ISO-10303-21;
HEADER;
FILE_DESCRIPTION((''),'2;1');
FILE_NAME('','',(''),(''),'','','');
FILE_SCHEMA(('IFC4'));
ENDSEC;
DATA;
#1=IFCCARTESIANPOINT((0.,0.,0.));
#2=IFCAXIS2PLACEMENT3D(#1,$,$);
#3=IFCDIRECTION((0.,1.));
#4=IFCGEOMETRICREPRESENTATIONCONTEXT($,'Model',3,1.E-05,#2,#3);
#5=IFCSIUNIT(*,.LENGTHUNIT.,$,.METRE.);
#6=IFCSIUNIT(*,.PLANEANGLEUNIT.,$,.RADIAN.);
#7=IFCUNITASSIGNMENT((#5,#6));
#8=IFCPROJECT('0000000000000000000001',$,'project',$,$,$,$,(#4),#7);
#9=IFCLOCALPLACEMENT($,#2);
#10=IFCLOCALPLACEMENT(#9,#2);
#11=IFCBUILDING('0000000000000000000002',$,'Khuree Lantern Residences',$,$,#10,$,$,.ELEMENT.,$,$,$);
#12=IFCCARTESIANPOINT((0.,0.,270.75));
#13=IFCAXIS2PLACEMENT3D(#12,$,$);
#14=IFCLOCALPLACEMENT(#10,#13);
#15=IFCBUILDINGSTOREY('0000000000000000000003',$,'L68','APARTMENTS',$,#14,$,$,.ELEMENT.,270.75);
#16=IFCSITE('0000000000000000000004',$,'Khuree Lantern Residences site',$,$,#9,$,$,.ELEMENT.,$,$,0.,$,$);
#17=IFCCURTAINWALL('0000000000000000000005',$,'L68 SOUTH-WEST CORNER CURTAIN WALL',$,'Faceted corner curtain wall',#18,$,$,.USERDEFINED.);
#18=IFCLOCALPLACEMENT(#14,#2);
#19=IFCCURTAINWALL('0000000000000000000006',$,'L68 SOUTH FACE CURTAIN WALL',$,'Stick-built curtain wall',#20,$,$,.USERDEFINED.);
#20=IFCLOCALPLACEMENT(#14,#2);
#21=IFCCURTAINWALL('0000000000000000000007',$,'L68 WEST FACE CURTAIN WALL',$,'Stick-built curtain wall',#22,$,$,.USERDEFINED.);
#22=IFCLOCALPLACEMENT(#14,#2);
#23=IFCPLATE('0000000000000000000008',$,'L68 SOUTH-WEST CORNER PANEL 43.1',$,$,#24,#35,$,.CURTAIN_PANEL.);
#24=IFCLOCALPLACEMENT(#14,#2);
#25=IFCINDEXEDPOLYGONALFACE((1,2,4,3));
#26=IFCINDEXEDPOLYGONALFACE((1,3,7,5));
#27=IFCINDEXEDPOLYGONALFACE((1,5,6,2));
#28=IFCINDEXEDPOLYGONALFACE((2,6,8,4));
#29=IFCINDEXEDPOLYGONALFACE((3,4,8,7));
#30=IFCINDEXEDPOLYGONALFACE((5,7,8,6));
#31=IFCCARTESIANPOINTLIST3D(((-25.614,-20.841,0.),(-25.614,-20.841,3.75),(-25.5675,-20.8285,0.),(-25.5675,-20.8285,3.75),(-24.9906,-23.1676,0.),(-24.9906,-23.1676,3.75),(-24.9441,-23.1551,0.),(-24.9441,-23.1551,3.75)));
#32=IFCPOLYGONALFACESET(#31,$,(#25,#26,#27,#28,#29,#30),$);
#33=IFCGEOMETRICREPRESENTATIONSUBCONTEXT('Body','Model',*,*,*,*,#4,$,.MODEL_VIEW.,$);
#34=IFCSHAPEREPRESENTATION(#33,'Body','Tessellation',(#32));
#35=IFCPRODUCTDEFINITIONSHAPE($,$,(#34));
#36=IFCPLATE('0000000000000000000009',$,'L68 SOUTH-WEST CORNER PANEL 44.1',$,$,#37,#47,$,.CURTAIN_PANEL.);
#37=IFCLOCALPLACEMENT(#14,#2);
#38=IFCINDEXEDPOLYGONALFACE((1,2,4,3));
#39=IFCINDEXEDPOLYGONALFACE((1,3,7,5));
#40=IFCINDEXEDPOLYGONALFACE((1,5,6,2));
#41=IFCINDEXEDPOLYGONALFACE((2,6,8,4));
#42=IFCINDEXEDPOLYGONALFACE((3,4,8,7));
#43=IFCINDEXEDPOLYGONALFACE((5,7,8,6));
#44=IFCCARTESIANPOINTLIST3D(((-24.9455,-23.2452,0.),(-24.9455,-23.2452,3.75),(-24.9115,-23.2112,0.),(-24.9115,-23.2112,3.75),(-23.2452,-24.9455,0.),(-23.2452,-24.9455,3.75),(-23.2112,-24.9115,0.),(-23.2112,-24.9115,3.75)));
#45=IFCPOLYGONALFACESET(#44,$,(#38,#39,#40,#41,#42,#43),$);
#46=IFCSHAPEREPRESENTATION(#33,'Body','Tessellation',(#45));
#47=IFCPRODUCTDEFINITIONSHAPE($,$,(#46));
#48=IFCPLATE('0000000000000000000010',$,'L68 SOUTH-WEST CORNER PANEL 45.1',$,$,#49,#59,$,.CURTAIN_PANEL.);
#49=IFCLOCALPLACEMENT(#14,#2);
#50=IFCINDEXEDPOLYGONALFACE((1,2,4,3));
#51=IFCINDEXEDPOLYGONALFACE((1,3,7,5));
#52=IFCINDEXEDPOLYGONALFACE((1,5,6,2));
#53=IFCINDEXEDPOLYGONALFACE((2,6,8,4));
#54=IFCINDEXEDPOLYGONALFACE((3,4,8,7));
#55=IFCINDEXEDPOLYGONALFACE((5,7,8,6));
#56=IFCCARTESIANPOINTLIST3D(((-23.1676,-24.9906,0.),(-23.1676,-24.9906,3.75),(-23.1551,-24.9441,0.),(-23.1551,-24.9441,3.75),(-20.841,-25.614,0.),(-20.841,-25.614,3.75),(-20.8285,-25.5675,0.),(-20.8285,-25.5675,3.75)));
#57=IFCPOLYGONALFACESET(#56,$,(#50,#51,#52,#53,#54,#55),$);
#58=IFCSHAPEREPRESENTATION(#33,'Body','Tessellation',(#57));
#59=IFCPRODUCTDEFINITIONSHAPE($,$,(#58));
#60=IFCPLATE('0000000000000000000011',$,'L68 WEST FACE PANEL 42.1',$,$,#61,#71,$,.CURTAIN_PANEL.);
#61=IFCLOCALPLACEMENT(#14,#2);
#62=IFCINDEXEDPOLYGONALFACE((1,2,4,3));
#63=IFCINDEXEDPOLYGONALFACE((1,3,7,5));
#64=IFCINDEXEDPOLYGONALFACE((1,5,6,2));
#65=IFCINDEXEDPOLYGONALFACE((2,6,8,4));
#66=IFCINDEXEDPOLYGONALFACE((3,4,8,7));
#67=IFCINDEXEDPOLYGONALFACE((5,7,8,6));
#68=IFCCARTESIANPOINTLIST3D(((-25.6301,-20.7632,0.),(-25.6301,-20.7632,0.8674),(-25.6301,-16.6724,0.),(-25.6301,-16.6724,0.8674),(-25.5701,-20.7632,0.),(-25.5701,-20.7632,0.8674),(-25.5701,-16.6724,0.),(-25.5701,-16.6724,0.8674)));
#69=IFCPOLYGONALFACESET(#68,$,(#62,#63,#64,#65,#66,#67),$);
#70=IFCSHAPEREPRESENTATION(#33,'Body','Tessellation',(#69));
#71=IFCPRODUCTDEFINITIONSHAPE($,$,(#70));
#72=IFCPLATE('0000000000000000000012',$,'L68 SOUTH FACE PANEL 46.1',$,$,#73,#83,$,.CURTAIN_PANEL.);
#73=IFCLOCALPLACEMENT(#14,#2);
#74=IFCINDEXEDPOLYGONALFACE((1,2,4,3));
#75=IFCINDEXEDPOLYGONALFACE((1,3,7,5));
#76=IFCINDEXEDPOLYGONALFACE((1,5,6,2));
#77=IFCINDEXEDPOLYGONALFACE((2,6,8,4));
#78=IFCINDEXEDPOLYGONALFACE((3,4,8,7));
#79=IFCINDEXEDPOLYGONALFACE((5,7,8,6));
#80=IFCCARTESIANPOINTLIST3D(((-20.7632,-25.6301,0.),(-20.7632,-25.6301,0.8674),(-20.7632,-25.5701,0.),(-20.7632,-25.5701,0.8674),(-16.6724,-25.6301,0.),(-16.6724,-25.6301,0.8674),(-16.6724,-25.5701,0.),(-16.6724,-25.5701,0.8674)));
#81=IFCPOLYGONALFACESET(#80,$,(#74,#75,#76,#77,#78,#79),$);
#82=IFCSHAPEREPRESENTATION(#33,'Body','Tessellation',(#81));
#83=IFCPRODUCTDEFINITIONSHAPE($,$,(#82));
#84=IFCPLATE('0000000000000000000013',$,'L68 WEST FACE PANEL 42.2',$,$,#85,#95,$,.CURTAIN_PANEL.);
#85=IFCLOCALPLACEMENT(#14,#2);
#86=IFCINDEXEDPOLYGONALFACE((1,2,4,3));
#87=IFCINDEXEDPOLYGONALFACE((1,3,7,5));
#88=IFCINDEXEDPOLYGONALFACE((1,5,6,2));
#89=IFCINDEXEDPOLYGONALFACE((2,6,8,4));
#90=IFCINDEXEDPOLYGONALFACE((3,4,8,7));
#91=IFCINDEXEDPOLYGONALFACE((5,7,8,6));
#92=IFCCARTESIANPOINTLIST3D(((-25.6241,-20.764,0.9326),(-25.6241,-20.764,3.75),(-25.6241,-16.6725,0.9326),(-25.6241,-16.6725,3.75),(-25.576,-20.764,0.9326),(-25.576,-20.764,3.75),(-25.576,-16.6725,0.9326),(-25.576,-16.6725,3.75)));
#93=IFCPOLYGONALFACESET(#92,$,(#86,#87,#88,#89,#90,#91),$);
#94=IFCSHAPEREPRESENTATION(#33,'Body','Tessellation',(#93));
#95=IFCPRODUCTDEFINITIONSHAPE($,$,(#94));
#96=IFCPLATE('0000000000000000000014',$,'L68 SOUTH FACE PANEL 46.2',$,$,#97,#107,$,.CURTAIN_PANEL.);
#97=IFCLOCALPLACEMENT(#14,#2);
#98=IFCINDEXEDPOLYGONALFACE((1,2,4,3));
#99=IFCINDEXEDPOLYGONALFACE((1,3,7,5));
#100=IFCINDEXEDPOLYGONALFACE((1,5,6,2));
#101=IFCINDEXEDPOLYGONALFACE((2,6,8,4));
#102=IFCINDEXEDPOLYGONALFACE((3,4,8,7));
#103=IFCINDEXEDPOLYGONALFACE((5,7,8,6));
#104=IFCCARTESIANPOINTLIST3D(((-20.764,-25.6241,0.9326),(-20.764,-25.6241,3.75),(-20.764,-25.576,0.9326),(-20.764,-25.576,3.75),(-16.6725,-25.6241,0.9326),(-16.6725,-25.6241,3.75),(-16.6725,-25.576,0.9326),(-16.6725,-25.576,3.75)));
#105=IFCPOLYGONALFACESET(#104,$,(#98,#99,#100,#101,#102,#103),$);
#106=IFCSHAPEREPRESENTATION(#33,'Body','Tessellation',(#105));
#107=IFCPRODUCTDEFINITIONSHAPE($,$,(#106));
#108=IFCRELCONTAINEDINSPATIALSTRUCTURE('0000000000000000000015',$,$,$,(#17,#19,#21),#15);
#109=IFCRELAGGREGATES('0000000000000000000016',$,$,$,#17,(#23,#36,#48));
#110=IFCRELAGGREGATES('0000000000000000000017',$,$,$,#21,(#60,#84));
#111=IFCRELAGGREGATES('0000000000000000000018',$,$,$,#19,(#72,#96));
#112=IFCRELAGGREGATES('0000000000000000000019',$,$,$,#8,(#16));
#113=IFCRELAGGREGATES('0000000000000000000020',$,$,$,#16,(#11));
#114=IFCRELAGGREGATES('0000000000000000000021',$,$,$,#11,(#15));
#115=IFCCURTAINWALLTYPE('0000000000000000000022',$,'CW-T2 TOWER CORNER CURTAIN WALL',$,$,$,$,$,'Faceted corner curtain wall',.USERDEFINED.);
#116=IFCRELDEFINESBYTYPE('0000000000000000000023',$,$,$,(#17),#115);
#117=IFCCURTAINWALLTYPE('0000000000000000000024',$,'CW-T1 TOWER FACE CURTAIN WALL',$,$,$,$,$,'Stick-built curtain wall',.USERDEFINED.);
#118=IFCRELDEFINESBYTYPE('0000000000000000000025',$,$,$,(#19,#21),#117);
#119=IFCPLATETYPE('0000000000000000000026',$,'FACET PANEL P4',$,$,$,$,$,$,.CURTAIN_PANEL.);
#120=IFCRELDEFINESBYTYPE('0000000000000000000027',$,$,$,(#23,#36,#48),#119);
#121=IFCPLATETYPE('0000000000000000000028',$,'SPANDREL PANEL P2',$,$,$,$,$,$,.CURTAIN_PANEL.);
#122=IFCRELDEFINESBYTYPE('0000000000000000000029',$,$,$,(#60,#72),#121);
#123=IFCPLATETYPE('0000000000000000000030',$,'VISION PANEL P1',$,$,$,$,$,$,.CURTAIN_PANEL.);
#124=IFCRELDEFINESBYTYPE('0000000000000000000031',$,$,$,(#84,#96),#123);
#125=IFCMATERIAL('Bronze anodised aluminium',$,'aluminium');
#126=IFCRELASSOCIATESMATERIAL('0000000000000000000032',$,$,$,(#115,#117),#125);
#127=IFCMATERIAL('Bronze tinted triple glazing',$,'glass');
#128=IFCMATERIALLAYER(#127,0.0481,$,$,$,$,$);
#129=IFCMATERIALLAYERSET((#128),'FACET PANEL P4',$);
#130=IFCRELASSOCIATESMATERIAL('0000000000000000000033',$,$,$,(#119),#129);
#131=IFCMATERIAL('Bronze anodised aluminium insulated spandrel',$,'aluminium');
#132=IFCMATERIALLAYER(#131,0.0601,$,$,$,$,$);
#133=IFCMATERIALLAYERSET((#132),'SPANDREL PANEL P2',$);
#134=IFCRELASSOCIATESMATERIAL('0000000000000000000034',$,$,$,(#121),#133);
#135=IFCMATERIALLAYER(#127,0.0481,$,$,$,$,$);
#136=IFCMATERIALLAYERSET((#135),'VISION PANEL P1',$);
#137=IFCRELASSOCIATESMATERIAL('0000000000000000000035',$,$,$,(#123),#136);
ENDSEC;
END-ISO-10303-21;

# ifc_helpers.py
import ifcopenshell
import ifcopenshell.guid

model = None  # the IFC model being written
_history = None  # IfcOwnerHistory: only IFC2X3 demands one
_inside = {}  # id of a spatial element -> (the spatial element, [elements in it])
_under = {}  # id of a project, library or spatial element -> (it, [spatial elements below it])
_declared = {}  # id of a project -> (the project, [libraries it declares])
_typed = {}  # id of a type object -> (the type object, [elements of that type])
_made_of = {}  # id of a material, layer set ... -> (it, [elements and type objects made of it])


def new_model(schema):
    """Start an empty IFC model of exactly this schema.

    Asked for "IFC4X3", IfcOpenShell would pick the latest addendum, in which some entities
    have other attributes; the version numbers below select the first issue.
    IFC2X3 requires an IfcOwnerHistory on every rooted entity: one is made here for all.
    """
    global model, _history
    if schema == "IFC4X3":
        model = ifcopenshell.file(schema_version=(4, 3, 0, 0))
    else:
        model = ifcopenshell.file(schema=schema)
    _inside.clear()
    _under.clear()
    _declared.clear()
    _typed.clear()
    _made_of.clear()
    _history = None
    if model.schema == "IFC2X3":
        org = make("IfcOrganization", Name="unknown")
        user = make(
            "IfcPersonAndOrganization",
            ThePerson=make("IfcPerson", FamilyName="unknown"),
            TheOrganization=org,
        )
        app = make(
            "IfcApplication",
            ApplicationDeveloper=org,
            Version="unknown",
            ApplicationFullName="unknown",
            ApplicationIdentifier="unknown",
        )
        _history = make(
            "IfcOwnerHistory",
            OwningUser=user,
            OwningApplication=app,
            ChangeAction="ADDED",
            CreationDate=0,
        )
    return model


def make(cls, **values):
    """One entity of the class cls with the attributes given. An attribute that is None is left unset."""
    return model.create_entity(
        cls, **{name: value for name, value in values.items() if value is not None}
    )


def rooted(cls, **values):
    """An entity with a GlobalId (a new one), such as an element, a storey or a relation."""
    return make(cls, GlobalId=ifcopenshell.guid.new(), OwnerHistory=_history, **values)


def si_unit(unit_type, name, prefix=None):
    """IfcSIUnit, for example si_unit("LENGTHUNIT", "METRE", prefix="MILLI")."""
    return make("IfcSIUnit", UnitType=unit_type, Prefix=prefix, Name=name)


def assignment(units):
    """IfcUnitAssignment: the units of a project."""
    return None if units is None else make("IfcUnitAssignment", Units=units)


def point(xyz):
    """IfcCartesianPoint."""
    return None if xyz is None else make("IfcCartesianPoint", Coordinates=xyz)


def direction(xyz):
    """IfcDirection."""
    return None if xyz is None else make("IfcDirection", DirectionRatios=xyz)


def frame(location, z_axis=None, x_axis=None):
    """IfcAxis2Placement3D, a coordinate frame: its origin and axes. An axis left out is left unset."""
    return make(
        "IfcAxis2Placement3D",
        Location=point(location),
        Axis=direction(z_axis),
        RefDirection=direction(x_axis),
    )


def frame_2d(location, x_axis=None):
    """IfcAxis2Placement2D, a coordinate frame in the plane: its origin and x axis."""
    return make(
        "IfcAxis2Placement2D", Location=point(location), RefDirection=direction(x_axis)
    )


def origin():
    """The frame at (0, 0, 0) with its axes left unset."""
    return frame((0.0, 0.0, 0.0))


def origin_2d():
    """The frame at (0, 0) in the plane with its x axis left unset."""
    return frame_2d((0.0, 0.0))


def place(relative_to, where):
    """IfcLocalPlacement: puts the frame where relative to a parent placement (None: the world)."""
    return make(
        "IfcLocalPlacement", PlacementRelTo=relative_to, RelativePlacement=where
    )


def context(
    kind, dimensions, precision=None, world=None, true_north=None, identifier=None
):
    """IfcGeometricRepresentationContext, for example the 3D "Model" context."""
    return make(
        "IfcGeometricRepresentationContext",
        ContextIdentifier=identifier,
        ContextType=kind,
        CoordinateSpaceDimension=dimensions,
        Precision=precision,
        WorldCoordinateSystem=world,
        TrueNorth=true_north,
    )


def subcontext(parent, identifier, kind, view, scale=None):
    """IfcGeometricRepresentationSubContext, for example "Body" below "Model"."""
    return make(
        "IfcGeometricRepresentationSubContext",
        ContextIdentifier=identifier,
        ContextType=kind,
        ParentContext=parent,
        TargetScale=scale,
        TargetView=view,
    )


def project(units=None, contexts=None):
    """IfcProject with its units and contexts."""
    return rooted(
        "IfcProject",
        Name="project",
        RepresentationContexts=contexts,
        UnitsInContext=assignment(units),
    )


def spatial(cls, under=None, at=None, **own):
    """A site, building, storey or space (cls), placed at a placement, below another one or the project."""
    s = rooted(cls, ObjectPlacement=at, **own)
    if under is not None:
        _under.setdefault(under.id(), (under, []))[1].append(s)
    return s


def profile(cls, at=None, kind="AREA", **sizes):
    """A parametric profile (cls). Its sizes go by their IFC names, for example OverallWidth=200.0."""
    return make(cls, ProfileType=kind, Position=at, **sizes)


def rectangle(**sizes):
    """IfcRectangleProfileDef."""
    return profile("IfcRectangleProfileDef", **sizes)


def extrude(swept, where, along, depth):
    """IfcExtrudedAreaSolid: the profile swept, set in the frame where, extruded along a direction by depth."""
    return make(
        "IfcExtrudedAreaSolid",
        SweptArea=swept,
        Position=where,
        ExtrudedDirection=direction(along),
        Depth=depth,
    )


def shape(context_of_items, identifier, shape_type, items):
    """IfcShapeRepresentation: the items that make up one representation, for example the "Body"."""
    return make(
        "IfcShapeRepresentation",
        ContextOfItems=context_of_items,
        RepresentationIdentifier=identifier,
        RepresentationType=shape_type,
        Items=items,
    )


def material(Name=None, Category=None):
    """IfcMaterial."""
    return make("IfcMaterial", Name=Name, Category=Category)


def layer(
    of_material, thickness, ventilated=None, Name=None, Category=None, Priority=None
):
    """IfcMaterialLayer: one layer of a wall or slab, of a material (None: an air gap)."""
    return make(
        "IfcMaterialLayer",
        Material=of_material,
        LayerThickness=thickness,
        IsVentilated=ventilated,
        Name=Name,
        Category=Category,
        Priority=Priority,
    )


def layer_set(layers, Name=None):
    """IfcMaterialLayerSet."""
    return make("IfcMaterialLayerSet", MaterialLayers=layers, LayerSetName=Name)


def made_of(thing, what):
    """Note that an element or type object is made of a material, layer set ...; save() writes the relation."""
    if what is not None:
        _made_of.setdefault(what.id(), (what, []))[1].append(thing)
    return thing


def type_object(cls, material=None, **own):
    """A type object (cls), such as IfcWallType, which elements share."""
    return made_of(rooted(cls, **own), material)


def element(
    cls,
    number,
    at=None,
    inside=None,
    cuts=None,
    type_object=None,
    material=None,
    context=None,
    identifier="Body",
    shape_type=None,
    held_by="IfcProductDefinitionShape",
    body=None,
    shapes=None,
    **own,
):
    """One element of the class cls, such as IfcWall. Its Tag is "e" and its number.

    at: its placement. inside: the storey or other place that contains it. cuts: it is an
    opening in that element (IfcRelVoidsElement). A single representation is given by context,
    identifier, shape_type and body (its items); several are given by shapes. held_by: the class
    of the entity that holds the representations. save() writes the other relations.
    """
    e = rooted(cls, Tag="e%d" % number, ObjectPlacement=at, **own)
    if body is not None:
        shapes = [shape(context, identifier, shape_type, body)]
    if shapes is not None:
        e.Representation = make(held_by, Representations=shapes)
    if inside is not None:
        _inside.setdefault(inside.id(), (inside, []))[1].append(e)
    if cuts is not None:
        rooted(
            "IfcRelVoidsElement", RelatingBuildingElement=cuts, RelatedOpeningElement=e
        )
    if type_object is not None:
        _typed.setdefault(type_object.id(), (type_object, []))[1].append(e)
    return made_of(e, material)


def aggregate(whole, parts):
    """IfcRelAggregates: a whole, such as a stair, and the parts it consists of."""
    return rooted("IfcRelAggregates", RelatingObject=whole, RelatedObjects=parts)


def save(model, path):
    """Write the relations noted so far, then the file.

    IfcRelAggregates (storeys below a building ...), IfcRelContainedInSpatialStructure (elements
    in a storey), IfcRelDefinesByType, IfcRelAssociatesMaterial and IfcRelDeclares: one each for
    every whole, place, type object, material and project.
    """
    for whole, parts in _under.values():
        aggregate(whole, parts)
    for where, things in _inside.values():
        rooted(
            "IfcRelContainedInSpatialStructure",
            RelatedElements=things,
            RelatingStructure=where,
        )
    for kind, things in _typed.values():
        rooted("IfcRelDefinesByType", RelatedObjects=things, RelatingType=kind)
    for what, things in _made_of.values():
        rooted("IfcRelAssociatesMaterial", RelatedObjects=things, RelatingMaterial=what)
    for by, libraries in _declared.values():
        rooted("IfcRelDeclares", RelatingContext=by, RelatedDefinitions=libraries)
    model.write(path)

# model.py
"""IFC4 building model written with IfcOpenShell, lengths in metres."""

from ifc_helpers import new_model, si_unit, direction, frame, origin, origin_2d, place, context, subcontext, project, spatial, rectangle, extrude, material, layer, layer_set, type_object, element, aggregate, save


model = new_model("IFC4")

# Units and contexts
model_context = context("Model", 3, precision=1e-05, world=origin(), true_north=direction((0.0, 1.0)))
body_context = subcontext(model_context, "Body", "Model", "MODEL_VIEW")
ifc_project = project(units=[si_unit("LENGTHUNIT", "METRE"), si_unit("PLANEANGLEUNIT", "RADIAN")], contexts=[model_context])

# Site, building, storey
site_placement = place(None, origin())
site = spatial("IfcSite", under=ifc_project, at=site_placement, Name="Khuree Lantern Residences site", CompositionType="ELEMENT", RefElevation=0.0)
building_placement = place(site_placement, origin())
building = spatial("IfcBuilding", under=site, at=building_placement, Name="Khuree Lantern Residences", CompositionType="ELEMENT")
storey_placement = place(building_placement, frame((0.0, 0.0, 270.75)))
storey = spatial("IfcBuildingStorey", under=building, at=storey_placement, Name="L68", Description="APARTMENTS", CompositionType="ELEMENT", Elevation=270.75)

# Curtain walls
ifc_material_1 = material(Name="Bronze anodised aluminium", Category="aluminium")
curtain_wall_type_1 = type_object("IfcCurtainWallType", Name="CW-T2 TOWER CORNER CURTAIN WALL", ElementType="Faceted corner curtain wall", PredefinedType="USERDEFINED", material=ifc_material_1)
curtain_wall_1_placement = place(storey_placement, origin())
curtain_wall_1 = element("IfcCurtainWall", 1, at=curtain_wall_1_placement, inside=storey, type_object=curtain_wall_type_1, Name="L68 SOUTH-WEST CORNER CURTAIN WALL", ObjectType="Faceted corner curtain wall", PredefinedType="USERDEFINED")
curtain_wall_type_2 = type_object("IfcCurtainWallType", Name="CW-T1 TOWER FACE CURTAIN WALL", ElementType="Stick-built curtain wall", PredefinedType="USERDEFINED", material=ifc_material_1)
curtain_wall_2_placement = place(storey_placement, origin())
curtain_wall_2 = element("IfcCurtainWall", 2, at=curtain_wall_2_placement, inside=storey, type_object=curtain_wall_type_2, Name="L68 SOUTH FACE CURTAIN WALL", ObjectType="Stick-built curtain wall", PredefinedType="USERDEFINED")

# Curtain wall
curtain_wall_3_placement = place(storey_placement, origin())
curtain_wall_3 = element("IfcCurtainWall", 3, at=curtain_wall_3_placement, inside=storey, type_object=curtain_wall_type_2, Name="L68 WEST FACE CURTAIN WALL", ObjectType="Stick-built curtain wall", PredefinedType="USERDEFINED")

# Plates
ifc_material_2 = material(Name="Bronze tinted triple glazing", Category="glass")
ifc_layer_1 = layer(ifc_material_2, 0.0481)
ifc_layer_set_1 = layer_set([ifc_layer_1], Name="FACET PANEL P4")
plate_type_1 = type_object("IfcPlateType", Name="FACET PANEL P4", PredefinedType="CURTAIN_PANEL", material=ifc_layer_set_1)
plate_1_placement = place(storey_placement, frame((-25.2791, -21.998, 0.0), z_axis=(0.0, 0.0, 1.0), x_axis=(0.258819, -0.965926, 0.0)))
plate_1 = element("IfcPlate", 4, at=plate_1_placement, type_object=plate_type_1, Name="L68 SOUTH-WEST CORNER PANEL 43.1", PredefinedType="CURTAIN_PANEL", context=body_context, shape_type="SweptSolid", body=[
    extrude(rectangle(XDim=2.4087, YDim=0.0481, at=origin_2d()), origin(), (0.0, 0.0, 1.0), 3.75),
])
plate_2_placement = place(storey_placement, frame((-24.0784, -24.0784, 0.0), z_axis=(0.0, 0.0, 1.0), x_axis=(0.707107, -0.707107, 0.0)))
plate_2 = element("IfcPlate", 5, at=plate_2_placement, type_object=plate_type_1, Name="L68 SOUTH-WEST CORNER PANEL 44.1", PredefinedType="CURTAIN_PANEL", context=body_context, shape_type="SweptSolid", body=[
    extrude(rectangle(XDim=2.4045, YDim=0.0481, at=origin_2d()), origin(), (0.0, 0.0, 1.0), 3.75),
])
plate_3_placement = place(storey_placement, frame((-21.998, -25.2791, 0.0), z_axis=(0.0, 0.0, 1.0), x_axis=(0.965926, -0.258819, 0.0)))
plate_3 = element("IfcPlate", 6, at=plate_3_placement, type_object=plate_type_1, Name="L68 SOUTH-WEST CORNER PANEL 45.1", PredefinedType="CURTAIN_PANEL", context=body_context, shape_type="SweptSolid", body=[
    extrude(rectangle(XDim=2.4087, YDim=0.0481, at=origin_2d()), origin(), (0.0, 0.0, 1.0), 3.75),
])
aggregate(curtain_wall_1, [plate_1, plate_2, plate_3])
ifc_material_3 = material(Name="Bronze anodised aluminium insulated spandrel", Category="aluminium")
ifc_layer_2 = layer(ifc_material_3, 0.0601)
ifc_layer_set_2 = layer_set([ifc_layer_2], Name="SPANDREL PANEL P2")
plate_type_2 = type_object("IfcPlateType", Name="SPANDREL PANEL P2", PredefinedType="CURTAIN_PANEL", material=ifc_layer_set_2)
plate_4_placement = place(storey_placement, frame((-25.6001, -18.7178, 0.0), z_axis=(0.0, 0.0, 1.0), x_axis=(0.0, -1.0, 0.0)))
plate_4 = element("IfcPlate", 7, at=plate_4_placement, type_object=plate_type_2, Name="L68 WEST FACE PANEL 42.1", PredefinedType="CURTAIN_PANEL", context=body_context, shape_type="SweptSolid", body=[
    extrude(rectangle(XDim=4.0908, YDim=0.0601, at=origin_2d()), origin(), (0.0, 0.0, 1.0), 0.8674),
])
plate_5_placement = place(storey_placement, frame((-18.7178, -25.6001, 0.0), z_axis=(0.0, 0.0, 1.0), x_axis=(1.0, 0.0, 0.0)))
plate_5 = element("IfcPlate", 8, at=plate_5_placement, type_object=plate_type_2, Name="L68 SOUTH FACE PANEL 46.1", PredefinedType="CURTAIN_PANEL", context=body_context, shape_type="SweptSolid", body=[
    extrude(rectangle(XDim=4.0908, YDim=0.0601, at=origin_2d()), origin(), (0.0, 0.0, 1.0), 0.8674),
])
ifc_layer_3 = layer(ifc_material_2, 0.0481)
ifc_layer_set_3 = layer_set([ifc_layer_3], Name="VISION PANEL P1")
plate_type_3 = type_object("IfcPlateType", Name="VISION PANEL P1", PredefinedType="CURTAIN_PANEL", material=ifc_layer_set_3)
plate_6_placement = place(storey_placement, frame((-25.6001, -18.7183, 0.9326), z_axis=(0.0, 0.0, 1.0), x_axis=(0.0, -1.0, 0.0)))
plate_6 = element("IfcPlate", 9, at=plate_6_placement, type_object=plate_type_3, Name="L68 WEST FACE PANEL 42.2", PredefinedType="CURTAIN_PANEL", context=body_context, shape_type="SweptSolid", body=[
    extrude(rectangle(XDim=4.0916, YDim=0.0481, at=origin_2d()), origin(), (0.0, 0.0, 1.0), 2.8174),
])
aggregate(curtain_wall_3, [plate_4, plate_6])
plate_7_placement = place(storey_placement, frame((-18.7183, -25.6001, 0.9326), z_axis=(0.0, 0.0, 1.0), x_axis=(1.0, 0.0, 0.0)))
plate_7 = element("IfcPlate", 10, at=plate_7_placement, type_object=plate_type_3, Name="L68 SOUTH FACE PANEL 46.2", PredefinedType="CURTAIN_PANEL", context=body_context, shape_type="SweptSolid", body=[
    extrude(rectangle(XDim=4.0916, YDim=0.0481, at=origin_2d()), origin(), (0.0, 0.0, 1.0), 2.8174),
])
aggregate(curtain_wall_2, [plate_5, plate_7])

save(model, "model.ifc")
